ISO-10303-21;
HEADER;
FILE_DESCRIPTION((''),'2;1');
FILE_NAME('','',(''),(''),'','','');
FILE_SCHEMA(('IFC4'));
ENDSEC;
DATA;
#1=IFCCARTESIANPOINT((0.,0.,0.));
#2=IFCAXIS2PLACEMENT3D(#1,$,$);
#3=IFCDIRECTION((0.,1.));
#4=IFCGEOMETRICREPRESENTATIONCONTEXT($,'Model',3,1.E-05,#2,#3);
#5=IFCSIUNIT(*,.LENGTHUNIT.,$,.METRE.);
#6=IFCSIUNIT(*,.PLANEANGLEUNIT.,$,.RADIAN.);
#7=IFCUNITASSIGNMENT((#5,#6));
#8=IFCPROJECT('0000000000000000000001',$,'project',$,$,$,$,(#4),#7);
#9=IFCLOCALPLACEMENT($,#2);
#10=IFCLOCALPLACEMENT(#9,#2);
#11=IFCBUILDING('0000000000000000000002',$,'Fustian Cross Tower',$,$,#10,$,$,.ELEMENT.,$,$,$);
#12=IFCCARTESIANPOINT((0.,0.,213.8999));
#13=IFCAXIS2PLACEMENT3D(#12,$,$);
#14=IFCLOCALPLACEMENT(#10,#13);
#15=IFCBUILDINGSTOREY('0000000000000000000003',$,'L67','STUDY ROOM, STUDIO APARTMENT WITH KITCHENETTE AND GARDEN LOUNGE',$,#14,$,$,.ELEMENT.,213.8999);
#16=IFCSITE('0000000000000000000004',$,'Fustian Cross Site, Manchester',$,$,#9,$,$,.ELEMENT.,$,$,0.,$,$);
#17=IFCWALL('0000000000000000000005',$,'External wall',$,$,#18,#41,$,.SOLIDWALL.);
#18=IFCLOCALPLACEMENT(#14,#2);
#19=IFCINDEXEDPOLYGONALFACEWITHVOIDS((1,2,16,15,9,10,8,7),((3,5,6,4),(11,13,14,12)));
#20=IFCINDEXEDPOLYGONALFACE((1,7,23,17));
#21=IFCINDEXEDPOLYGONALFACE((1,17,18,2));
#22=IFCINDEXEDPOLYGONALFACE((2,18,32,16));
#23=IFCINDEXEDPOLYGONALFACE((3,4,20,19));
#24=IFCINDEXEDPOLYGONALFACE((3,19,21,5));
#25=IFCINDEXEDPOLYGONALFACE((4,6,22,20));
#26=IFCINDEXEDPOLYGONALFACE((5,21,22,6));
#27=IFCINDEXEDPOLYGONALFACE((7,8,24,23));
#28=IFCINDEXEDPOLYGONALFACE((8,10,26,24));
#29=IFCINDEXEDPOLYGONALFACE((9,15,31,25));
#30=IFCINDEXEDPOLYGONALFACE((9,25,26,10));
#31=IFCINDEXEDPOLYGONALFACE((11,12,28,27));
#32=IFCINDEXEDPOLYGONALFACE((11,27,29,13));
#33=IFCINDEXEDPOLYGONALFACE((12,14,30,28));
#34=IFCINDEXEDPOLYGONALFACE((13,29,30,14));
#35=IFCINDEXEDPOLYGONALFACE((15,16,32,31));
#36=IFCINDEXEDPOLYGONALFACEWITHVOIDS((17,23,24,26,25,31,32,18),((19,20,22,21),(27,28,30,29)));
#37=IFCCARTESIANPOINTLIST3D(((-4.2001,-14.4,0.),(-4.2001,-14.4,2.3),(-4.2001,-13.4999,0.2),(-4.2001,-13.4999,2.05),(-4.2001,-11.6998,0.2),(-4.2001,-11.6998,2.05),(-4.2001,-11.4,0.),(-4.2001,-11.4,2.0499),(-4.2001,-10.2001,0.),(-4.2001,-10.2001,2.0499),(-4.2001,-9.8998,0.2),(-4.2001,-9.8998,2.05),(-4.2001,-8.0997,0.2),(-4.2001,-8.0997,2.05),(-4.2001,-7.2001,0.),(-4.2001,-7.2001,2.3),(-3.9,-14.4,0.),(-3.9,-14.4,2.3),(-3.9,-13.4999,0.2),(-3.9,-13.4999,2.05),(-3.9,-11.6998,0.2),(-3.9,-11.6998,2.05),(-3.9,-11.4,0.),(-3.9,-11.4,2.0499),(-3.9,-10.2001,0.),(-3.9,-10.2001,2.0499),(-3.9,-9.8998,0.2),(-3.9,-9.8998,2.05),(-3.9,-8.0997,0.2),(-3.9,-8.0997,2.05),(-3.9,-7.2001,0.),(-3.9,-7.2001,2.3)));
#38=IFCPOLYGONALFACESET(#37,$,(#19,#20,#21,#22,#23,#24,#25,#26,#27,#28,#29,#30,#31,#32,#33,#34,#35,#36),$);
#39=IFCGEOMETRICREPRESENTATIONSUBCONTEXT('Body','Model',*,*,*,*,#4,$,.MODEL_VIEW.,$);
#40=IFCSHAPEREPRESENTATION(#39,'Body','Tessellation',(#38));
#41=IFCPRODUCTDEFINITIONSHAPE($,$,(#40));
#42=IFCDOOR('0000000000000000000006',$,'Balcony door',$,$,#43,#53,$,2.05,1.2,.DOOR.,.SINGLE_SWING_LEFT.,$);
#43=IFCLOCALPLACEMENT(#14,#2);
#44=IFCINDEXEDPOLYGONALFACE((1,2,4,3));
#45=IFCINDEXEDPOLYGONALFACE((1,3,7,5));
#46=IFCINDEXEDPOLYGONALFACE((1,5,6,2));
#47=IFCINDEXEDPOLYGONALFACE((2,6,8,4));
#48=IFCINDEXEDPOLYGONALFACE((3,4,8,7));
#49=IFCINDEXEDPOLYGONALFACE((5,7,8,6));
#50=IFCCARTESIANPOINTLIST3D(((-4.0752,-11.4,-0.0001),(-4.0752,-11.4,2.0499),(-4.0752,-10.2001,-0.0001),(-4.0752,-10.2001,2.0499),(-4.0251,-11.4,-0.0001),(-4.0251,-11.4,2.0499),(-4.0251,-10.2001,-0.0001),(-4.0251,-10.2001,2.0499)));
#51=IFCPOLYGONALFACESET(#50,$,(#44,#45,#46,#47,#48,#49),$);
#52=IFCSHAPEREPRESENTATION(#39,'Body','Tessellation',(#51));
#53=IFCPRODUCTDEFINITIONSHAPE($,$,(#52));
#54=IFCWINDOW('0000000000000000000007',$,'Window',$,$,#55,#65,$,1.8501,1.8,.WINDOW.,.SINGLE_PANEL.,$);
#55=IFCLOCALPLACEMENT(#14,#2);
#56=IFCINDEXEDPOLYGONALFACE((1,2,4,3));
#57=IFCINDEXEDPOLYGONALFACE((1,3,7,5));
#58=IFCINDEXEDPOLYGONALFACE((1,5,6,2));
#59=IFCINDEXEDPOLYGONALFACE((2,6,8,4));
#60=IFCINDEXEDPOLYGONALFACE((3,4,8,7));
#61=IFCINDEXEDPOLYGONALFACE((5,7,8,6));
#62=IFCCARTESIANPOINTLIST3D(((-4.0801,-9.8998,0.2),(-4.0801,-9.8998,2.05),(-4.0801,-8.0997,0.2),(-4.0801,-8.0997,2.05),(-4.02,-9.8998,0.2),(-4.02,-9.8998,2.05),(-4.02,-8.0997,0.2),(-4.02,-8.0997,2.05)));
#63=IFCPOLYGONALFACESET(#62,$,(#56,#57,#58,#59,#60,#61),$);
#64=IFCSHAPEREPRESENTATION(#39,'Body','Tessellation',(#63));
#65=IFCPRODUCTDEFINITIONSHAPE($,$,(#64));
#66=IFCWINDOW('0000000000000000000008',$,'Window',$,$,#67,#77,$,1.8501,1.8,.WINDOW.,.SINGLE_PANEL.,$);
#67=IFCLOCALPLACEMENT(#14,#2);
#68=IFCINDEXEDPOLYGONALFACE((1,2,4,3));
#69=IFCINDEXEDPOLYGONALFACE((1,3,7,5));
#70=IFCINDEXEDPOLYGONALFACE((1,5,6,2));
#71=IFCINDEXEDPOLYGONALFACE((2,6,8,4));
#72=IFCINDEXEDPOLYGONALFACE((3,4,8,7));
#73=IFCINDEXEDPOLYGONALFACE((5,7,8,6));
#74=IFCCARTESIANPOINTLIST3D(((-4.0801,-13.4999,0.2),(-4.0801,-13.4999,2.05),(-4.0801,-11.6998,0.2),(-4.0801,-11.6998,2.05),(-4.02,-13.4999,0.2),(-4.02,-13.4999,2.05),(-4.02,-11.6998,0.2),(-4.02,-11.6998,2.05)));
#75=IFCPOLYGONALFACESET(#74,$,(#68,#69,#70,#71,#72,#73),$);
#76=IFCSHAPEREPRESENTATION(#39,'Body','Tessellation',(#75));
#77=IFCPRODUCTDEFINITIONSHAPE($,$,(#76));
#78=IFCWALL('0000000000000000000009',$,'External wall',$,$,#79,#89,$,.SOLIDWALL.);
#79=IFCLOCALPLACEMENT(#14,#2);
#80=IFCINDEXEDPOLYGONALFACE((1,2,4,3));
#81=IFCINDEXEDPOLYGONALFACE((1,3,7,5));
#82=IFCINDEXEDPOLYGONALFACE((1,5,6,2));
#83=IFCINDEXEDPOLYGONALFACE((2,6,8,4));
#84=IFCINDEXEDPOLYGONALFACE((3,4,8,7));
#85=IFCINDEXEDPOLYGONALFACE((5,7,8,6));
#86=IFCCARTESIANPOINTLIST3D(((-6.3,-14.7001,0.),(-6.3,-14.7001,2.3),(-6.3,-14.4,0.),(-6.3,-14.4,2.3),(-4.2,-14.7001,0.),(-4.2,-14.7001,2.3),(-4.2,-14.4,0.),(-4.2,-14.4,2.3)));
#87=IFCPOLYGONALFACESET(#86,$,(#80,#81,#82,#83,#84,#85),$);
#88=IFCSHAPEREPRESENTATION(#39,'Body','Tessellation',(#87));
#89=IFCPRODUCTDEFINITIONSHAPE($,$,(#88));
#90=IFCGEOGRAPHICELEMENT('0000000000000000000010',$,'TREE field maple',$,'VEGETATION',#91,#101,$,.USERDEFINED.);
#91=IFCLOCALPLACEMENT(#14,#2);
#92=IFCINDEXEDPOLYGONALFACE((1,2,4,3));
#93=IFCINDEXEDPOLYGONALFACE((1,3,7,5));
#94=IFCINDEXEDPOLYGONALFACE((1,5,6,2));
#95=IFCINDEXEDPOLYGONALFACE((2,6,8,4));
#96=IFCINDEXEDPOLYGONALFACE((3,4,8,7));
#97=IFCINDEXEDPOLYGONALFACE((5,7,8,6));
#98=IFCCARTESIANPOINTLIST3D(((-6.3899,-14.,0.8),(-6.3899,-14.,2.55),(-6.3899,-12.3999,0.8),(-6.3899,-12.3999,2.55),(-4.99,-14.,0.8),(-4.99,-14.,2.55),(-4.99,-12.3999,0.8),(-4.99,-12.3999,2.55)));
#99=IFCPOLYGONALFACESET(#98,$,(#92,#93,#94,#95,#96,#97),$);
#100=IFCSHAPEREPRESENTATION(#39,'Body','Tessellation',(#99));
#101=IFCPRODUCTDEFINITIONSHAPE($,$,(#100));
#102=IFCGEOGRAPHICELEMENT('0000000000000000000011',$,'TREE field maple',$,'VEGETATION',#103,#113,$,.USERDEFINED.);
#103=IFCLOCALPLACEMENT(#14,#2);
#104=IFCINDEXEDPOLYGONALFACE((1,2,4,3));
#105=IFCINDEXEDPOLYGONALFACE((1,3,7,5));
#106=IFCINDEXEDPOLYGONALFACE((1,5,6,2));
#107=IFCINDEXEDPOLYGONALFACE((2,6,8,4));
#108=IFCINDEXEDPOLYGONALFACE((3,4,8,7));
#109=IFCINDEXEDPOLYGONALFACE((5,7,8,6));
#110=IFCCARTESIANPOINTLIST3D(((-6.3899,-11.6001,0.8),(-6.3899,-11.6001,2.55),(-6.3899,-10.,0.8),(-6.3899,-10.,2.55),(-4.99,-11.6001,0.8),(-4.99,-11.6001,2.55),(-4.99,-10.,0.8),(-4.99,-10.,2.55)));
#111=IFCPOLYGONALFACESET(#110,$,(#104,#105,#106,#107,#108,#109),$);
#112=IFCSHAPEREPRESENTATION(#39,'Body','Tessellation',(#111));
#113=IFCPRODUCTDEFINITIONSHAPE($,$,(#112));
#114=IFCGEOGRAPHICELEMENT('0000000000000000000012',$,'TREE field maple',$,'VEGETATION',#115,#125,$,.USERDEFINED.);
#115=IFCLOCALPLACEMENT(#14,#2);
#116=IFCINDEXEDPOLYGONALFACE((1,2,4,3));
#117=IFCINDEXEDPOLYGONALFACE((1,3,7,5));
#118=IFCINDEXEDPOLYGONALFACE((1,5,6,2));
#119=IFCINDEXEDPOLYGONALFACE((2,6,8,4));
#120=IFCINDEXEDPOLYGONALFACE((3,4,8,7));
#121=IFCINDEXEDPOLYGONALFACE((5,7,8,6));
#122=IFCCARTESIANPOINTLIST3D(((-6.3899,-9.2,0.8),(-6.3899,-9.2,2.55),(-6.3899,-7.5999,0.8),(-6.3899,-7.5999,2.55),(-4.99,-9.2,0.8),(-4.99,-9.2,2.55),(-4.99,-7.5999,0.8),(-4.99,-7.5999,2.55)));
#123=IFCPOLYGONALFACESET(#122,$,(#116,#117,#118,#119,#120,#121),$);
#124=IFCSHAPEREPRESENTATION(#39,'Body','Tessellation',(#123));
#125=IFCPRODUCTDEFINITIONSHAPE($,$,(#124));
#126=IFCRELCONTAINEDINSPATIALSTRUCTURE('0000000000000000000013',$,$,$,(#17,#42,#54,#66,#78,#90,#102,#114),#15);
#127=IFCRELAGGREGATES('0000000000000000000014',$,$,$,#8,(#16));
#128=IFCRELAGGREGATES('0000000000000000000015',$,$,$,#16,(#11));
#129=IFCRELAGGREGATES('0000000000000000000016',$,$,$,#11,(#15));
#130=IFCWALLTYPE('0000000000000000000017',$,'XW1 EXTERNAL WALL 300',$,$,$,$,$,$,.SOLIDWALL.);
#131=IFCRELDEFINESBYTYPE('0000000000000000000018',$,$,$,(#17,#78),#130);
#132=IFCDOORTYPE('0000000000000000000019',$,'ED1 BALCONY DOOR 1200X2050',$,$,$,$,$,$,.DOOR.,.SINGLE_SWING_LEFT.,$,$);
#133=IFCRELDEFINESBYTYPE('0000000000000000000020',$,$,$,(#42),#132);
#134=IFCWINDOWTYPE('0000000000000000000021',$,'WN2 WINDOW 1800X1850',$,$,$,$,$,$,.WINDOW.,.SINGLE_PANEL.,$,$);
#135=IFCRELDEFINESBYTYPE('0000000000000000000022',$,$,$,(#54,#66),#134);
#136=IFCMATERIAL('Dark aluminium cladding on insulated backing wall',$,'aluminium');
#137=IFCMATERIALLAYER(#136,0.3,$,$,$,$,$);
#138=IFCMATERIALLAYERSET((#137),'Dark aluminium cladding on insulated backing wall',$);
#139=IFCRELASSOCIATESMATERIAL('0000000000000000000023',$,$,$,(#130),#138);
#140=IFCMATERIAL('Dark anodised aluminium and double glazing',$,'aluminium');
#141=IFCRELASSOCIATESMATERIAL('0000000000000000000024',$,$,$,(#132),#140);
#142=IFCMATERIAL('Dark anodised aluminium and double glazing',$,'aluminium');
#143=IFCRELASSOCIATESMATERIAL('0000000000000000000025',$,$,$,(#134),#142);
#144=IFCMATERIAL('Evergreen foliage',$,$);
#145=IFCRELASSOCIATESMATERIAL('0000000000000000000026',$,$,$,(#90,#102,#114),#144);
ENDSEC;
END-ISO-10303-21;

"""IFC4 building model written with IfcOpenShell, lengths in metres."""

from ifc_helpers import new_model, si_unit, direction, frame, frame_2d, origin, origin_2d, place, context, subcontext, project, spatial, rectangle, extrude, material, layer, layer_set, type_object, element, fill, save


model = new_model("IFC4")

# Units and contexts
model_context = context("Model", 3, precision=1e-05, world=origin(), true_north=direction((0.0, 1.0)))
body_context = subcontext(model_context, "Body", "Model", "MODEL_VIEW")
ifc_project = project(units=[si_unit("LENGTHUNIT", "METRE"), si_unit("PLANEANGLEUNIT", "RADIAN")], contexts=[model_context])

# Site, building, storey
site_placement = place(None, origin())
site = spatial("IfcSite", under=ifc_project, at=site_placement, Name="Fustian Cross Site, Manchester", CompositionType="ELEMENT", RefElevation=0.0)
building_placement = place(site_placement, origin())
building = spatial("IfcBuilding", under=site, at=building_placement, Name="Fustian Cross Tower", CompositionType="ELEMENT")
storey_placement = place(building_placement, frame((0.0, 0.0, 213.8999)))
storey = spatial("IfcBuildingStorey", under=building, at=storey_placement, Name="L67", Description="STUDY ROOM, STUDIO APARTMENT WITH KITCHENETTE AND GARDEN LOUNGE", CompositionType="ELEMENT", Elevation=213.8999)

# Wall, openings, door, windows
ifc_material_1 = material(Name="Dark aluminium cladding on insulated backing wall", Category="aluminium")
ifc_layer_1 = layer(ifc_material_1, 0.3)
ifc_layer_set_1 = layer_set([ifc_layer_1], Name="Dark aluminium cladding on insulated backing wall")
wall_type_1 = type_object("IfcWallType", Name="XW1 EXTERNAL WALL 300", PredefinedType="SOLIDWALL", material=ifc_layer_set_1)
wall_1_placement = place(storey_placement, frame((-4.05, -7.2, 0.0), z_axis=(0.0, 0.0, 1.0), x_axis=(0.0, -1.0, 0.0)))
wall_1 = element("IfcWall", 1, at=wall_1_placement, inside=storey, type_object=wall_type_1, Name="External wall", PredefinedType="SOLIDWALL", context=body_context, shape_type="SweptSolid", body=[
    extrude(rectangle(XDim=7.2, YDim=0.3, at=frame_2d((3.6001, 0.0))), origin(), (0.0, 0.0, 1.0), 2.3),
])
opening_1_placement = place(wall_1_placement, frame((3.0, 0.0, 0.0)))
opening_1 = element("IfcOpeningElement", 2, at=opening_1_placement, cuts=wall_1, PredefinedType="OPENING", context=body_context, shape_type="SweptSolid", body=[
    extrude(rectangle(XDim=1.2, YDim=2.05, at=frame_2d((0.6001, 1.0249))), frame((0.0, 0.1599, 0.0), z_axis=(0.0, -1.0, 0.0), x_axis=(1.0, 0.0, 0.0)), (0.0, 0.0, 1.0), 0.3201),
])
opening_2_placement = place(wall_1_placement, frame((0.8999, 0.0, 0.2)))
opening_2 = element("IfcOpeningElement", 3, at=opening_2_placement, cuts=wall_1, PredefinedType="OPENING", context=body_context, shape_type="SweptSolid", body=[
    extrude(rectangle(XDim=1.8, YDim=1.8501, at=frame_2d((0.8999, 0.925))), frame((0.0, 0.1599, 0.0), z_axis=(0.0, -1.0, 0.0), x_axis=(1.0, 0.0, 0.0)), (0.0, 0.0, 1.0), 0.3201),
])
opening_3_placement = place(wall_1_placement, frame((4.5, 0.0, 0.2)))
opening_3 = element("IfcOpeningElement", 4, at=opening_3_placement, cuts=wall_1, PredefinedType="OPENING", context=body_context, shape_type="SweptSolid", body=[
    extrude(rectangle(XDim=1.8, YDim=1.8501, at=frame_2d((0.8999, 0.925))), frame((0.0, 0.1599, 0.0), z_axis=(0.0, -1.0, 0.0), x_axis=(1.0, 0.0, 0.0)), (0.0, 0.0, 1.0), 0.3201),
])
ifc_material_2 = material(Name="Dark anodised aluminium and double glazing", Category="aluminium")
door_type = type_object("IfcDoorType", Name="ED1 BALCONY DOOR 1200X2050", OperationType="SINGLE_SWING_LEFT", PredefinedType="DOOR", material=ifc_material_2)
door_placement = place(opening_1_placement, origin())
door = element("IfcDoor", 5, at=door_placement, inside=storey, type_object=door_type, Name="Balcony door", OperationType="SINGLE_SWING_LEFT", OverallHeight=2.05, OverallWidth=1.2, PredefinedType="DOOR", context=body_context, shape_type="SweptSolid", body=[
    extrude(rectangle(XDim=1.2, YDim=2.05, at=frame_2d((0.6001, 1.0249))), frame((0.0, 0.0249, 0.0), z_axis=(0.0, -1.0, 0.0), x_axis=(1.0, 0.0, 0.0)), (0.0, 0.0, 1.0), 0.05),
])
fill(opening_1, door)
ifc_material_3 = material(Name="Dark anodised aluminium and double glazing", Category="aluminium")
window_type = type_object("IfcWindowType", Name="WN2 WINDOW 1800X1850", PartitioningType="SINGLE_PANEL", PredefinedType="WINDOW", material=ifc_material_3)
window_1_placement = place(opening_2_placement, origin())
window_1 = element("IfcWindow", 6, at=window_1_placement, inside=storey, type_object=window_type, Name="Window", OverallHeight=1.8501, OverallWidth=1.8, PartitioningType="SINGLE_PANEL", PredefinedType="WINDOW", context=body_context, shape_type="SweptSolid", body=[
    extrude(rectangle(XDim=1.8, YDim=1.8501, at=frame_2d((0.8999, 0.925))), frame((0.0, 0.03, 0.0), z_axis=(0.0, -1.0, 0.0), x_axis=(1.0, 0.0, 0.0)), (0.0, 0.0, 1.0), 0.0601),
])
fill(opening_2, window_1)
window_2_placement = place(opening_3_placement, origin())
window_2 = element("IfcWindow", 7, at=window_2_placement, inside=storey, type_object=window_type, Name="Window", OverallHeight=1.8501, OverallWidth=1.8, PartitioningType="SINGLE_PANEL", PredefinedType="WINDOW", context=body_context, shape_type="SweptSolid", body=[
    extrude(rectangle(XDim=1.8, YDim=1.8501, at=frame_2d((0.8999, 0.925))), frame((0.0, 0.03, 0.0), z_axis=(0.0, -1.0, 0.0), x_axis=(1.0, 0.0, 0.0)), (0.0, 0.0, 1.0), 0.0601),
])
fill(opening_3, window_2)

# Wall
wall_2_placement = place(storey_placement, frame((-4.2, -14.55, 0.0), z_axis=(0.0, 0.0, 1.0), x_axis=(-1.0, 0.0, 0.0)))
element("IfcWall", 8, at=wall_2_placement, inside=storey, type_object=wall_type_1, Name="External wall", PredefinedType="SOLIDWALL", context=body_context, shape_type="SweptSolid", body=[
    extrude(rectangle(XDim=2.1001, YDim=0.3, at=frame_2d((1.05, 0.0))), origin(), (0.0, 0.0, 1.0), 2.3),
])

# Geographic elements
ifc_material_4 = material(Name="Evergreen foliage")
for number, where, z_axis, x_axis, name in (
    (9, (-5.6899, -13.2, 0.8), (0.0, 0.0, 1.0), (1.0, 0.0, 0.0), "TREE field maple"),
    (10, (-5.6899, -10.8, 0.8), (0.0, 0.0, 1.0), (1.0, 0.0, 0.0), "TREE field maple"),
    (11, (-5.6899, -8.3999, 0.8), (0.0, 0.0, 1.0), (1.0, 0.0, 0.0), "TREE field maple"),
):
    element("IfcGeographicElement", number, at=place(storey_placement, frame(where, z_axis=z_axis, x_axis=x_axis)), inside=storey, material=ifc_material_4, Name=name, ObjectType="VEGETATION", PredefinedType="USERDEFINED", context=body_context, shape_type="SweptSolid", body=[
        extrude(rectangle(XDim=1.3999, YDim=1.6001, at=origin_2d()), origin(), (0.0, 0.0, 1.0), 1.75),
    ])

save(model, "model.ifc")
